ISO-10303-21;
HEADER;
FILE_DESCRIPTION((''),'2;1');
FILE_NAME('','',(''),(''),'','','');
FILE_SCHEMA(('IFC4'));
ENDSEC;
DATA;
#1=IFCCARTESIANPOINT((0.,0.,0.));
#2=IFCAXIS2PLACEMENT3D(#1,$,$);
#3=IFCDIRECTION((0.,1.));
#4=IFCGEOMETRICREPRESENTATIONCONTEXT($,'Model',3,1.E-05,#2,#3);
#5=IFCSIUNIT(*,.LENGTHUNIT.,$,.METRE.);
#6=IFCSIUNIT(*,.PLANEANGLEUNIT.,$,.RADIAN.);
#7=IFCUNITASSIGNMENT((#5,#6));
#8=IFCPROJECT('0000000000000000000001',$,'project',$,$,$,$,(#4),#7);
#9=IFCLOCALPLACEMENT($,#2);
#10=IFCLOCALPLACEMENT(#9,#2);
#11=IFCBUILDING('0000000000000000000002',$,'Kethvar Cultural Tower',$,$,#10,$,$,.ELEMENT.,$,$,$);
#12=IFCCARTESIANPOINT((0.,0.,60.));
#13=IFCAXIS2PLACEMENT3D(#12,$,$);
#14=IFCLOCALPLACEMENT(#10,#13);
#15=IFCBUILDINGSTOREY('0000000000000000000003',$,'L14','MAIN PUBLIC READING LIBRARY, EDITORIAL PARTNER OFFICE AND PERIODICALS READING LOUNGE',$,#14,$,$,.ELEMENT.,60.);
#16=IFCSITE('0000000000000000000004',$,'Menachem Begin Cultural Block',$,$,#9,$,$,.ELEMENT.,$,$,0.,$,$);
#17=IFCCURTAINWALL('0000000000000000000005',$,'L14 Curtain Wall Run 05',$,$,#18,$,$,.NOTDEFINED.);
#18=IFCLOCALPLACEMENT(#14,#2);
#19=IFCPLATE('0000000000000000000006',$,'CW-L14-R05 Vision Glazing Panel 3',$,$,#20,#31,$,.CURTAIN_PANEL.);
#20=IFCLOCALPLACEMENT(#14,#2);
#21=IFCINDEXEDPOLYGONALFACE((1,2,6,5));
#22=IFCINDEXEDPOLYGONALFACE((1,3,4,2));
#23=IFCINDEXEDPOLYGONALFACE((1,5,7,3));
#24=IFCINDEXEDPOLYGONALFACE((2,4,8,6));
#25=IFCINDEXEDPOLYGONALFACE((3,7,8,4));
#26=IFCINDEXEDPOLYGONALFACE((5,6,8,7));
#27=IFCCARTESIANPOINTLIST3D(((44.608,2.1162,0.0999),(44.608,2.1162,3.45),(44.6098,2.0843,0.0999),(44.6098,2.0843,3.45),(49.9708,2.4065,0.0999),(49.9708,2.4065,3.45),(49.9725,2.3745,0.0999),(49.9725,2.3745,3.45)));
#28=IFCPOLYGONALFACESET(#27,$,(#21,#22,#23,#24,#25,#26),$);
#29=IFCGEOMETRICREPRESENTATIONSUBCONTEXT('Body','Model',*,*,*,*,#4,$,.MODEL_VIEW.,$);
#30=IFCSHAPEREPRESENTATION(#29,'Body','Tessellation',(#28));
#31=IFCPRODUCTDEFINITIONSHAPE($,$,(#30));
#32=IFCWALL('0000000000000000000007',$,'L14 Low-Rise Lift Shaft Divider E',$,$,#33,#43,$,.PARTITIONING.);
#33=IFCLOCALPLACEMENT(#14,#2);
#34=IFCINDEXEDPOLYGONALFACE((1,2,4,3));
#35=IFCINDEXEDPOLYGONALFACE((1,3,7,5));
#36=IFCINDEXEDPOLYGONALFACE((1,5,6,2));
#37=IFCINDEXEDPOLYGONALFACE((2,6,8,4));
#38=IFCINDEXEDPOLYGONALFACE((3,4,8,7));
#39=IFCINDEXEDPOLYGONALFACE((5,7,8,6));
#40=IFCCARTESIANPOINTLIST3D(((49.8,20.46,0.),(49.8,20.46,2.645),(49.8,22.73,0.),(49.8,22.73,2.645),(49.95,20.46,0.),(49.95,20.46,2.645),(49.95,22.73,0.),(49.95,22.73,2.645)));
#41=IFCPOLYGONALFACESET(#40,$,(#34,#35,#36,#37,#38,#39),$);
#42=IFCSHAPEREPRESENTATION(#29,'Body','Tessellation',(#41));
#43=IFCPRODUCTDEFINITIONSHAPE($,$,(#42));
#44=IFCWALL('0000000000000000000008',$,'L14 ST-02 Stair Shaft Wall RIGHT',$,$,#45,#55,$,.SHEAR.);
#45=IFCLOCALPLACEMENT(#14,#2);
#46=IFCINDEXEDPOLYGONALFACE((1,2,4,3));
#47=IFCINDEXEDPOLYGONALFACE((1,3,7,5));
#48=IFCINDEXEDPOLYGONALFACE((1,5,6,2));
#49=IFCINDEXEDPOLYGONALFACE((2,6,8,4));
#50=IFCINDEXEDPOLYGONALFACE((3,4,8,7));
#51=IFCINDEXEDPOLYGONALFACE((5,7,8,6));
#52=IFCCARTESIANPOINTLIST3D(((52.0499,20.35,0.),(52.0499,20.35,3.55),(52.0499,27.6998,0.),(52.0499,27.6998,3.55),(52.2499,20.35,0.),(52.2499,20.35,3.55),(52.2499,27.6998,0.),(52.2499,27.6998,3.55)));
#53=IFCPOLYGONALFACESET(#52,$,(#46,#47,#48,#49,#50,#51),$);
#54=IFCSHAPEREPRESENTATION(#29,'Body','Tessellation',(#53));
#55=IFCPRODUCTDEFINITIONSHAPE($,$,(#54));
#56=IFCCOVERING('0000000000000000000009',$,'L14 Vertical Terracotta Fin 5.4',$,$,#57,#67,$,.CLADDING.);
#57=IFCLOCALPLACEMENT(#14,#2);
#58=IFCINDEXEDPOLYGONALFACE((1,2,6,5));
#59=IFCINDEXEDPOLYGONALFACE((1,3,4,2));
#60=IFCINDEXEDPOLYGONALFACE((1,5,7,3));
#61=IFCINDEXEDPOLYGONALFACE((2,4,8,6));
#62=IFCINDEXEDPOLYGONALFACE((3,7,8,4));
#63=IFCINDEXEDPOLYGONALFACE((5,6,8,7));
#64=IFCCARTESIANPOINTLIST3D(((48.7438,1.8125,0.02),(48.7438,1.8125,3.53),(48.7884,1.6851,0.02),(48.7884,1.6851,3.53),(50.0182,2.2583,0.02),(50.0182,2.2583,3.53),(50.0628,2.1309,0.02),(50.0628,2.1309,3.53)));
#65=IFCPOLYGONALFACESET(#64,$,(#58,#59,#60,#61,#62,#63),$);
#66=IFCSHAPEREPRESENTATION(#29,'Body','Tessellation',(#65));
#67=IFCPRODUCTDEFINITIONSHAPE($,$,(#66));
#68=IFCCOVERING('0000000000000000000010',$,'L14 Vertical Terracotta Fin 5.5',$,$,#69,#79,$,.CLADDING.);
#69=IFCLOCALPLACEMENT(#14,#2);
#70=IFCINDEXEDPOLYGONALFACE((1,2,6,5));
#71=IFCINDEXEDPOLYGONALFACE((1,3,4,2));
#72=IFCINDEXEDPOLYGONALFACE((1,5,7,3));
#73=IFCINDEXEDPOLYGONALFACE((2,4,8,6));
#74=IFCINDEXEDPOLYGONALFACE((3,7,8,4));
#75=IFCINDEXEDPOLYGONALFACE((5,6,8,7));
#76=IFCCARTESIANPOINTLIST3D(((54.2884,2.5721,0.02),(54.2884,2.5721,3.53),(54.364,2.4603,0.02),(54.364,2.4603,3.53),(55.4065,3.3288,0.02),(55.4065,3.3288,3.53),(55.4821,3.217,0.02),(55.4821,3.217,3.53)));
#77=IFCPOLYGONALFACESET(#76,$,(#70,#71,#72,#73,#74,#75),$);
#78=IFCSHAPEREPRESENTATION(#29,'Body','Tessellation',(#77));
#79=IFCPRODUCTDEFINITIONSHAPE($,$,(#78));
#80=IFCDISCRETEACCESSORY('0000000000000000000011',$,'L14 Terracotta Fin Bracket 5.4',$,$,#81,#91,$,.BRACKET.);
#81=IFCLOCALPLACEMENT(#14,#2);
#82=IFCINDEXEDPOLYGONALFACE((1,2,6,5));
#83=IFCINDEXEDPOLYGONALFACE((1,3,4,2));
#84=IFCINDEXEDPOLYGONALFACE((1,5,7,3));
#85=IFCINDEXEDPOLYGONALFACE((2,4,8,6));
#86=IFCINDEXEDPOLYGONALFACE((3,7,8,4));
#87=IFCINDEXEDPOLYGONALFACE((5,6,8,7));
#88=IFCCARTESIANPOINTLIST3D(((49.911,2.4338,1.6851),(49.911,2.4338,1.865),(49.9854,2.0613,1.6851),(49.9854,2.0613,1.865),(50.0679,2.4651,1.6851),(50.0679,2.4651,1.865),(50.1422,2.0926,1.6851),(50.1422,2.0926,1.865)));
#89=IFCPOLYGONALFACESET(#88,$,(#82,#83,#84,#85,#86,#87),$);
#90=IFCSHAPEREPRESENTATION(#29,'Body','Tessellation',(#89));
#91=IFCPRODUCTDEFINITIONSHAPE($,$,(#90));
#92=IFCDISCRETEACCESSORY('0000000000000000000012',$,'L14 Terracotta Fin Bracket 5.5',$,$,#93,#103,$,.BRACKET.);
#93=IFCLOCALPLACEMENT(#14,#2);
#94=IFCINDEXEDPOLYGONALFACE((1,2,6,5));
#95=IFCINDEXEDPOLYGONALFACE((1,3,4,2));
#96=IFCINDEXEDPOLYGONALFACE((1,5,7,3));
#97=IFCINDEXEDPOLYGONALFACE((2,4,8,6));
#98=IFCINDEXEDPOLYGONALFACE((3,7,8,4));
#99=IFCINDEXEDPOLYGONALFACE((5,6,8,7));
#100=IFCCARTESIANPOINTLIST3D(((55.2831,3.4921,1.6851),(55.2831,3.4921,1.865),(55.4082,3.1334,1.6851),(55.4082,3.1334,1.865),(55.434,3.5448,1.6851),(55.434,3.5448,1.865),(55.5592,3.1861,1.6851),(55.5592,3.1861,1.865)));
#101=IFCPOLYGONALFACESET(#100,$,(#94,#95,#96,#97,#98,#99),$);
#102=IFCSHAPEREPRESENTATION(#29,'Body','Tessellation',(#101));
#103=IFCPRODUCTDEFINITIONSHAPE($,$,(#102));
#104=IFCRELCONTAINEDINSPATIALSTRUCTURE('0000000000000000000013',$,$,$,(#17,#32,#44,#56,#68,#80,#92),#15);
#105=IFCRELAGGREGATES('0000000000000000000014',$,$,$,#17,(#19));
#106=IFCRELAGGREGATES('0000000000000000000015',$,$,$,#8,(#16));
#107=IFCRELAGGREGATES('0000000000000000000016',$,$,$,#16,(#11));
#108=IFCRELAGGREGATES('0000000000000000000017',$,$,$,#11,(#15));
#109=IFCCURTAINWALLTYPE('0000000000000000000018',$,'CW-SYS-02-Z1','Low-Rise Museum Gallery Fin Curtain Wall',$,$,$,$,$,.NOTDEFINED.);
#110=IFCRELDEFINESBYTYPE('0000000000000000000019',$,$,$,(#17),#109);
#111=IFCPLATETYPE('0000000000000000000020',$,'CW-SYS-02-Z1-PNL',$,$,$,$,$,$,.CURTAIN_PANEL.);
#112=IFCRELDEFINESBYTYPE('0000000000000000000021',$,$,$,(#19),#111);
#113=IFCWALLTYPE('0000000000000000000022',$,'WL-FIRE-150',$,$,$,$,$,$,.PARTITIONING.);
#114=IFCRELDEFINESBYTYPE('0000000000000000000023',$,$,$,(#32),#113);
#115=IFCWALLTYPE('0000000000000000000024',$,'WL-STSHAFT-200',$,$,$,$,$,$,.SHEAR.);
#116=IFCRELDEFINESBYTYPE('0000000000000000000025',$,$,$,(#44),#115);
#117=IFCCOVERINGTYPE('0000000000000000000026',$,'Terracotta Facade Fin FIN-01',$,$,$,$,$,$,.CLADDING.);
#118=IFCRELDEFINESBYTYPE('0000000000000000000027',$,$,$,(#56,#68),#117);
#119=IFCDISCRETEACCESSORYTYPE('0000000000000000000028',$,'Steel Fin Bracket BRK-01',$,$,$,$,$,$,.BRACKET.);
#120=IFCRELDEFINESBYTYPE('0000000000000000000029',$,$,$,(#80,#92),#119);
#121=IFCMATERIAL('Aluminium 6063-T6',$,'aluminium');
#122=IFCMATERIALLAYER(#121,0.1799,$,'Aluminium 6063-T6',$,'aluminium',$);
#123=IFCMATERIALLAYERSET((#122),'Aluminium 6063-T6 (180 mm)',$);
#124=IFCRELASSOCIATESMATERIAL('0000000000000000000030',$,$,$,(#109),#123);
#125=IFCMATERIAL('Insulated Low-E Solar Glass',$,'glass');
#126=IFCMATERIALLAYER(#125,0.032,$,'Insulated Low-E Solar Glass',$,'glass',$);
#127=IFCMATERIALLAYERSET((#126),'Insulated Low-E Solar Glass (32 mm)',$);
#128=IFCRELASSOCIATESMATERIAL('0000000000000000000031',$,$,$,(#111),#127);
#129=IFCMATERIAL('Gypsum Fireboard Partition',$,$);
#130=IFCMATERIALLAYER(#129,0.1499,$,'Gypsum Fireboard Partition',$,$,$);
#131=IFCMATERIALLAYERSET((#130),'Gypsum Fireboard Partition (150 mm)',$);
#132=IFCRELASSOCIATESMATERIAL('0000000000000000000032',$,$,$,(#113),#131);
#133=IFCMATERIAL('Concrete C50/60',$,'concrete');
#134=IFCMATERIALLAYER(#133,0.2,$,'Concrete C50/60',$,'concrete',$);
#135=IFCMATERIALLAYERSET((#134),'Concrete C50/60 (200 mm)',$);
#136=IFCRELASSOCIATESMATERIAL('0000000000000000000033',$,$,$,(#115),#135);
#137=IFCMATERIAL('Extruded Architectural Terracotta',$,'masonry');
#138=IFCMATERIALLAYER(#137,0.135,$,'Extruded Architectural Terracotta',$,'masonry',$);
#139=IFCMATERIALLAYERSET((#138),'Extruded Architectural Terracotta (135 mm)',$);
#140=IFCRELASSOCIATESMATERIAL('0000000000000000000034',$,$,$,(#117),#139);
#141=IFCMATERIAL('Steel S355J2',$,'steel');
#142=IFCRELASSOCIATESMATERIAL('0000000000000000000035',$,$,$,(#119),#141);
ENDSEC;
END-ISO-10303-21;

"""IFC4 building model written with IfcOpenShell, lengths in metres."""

from ifc_helpers import new_model, si_unit, direction, frame, frame_2d, origin, origin_2d, place, context, subcontext, project, spatial, rectangle, extrude, source, transform, mapped, material, layer, layer_set, type_object, element, aggregate, save


model = new_model("IFC4")

# Units and contexts
model_context = context("Model", 3, precision=1e-05, world=origin(), true_north=direction((0.0, 1.0)))
body_context = subcontext(model_context, "Body", "Model", "MODEL_VIEW")
ifc_project = project(units=[si_unit("LENGTHUNIT", "METRE"), si_unit("PLANEANGLEUNIT", "RADIAN")], contexts=[model_context])

# Site, building, storey
site_placement = place(None, origin())
site = spatial("IfcSite", under=ifc_project, at=site_placement, Name="Menachem Begin Cultural Block", CompositionType="ELEMENT", RefElevation=0.0)
building_placement = place(site_placement, origin())
building = spatial("IfcBuilding", under=site, at=building_placement, Name="Kethvar Cultural Tower", CompositionType="ELEMENT")
storey_placement = place(building_placement, frame((0.0, 0.0, 60.0)))
storey = spatial("IfcBuildingStorey", under=building, at=storey_placement, Name="L14", Description="MAIN PUBLIC READING LIBRARY, EDITORIAL PARTNER OFFICE AND PERIODICALS READING LOUNGE", CompositionType="ELEMENT", Elevation=60.0)

# Shared definitions
ifc_material_1 = material(Name="Steel S355J2", Category="steel")

# Curtain wall, plate
ifc_material_2 = material(Name="Aluminium 6063-T6", Category="aluminium")
ifc_layer_1 = layer(ifc_material_2, 0.1799, Name="Aluminium 6063-T6", Category="aluminium")
ifc_layer_set_1 = layer_set([ifc_layer_1], Name="Aluminium 6063-T6 (180 mm)")
curtain_wall_type = type_object("IfcCurtainWallType", Name="CW-SYS-02-Z1", Description="Low-Rise Museum Gallery Fin Curtain Wall", PredefinedType="NOTDEFINED", material=ifc_layer_set_1)
curtain_wall_placement = place(storey_placement, origin())
curtain_wall = element("IfcCurtainWall", 1, at=curtain_wall_placement, inside=storey, type_object=curtain_wall_type, Name="L14 Curtain Wall Run 05", PredefinedType="NOTDEFINED")
ifc_material_3 = material(Name="Insulated Low-E Solar Glass", Category="glass")
ifc_layer_2 = layer(ifc_material_3, 0.032, Name="Insulated Low-E Solar Glass", Category="glass")
ifc_layer_set_2 = layer_set([ifc_layer_2], Name="Insulated Low-E Solar Glass (32 mm)")
plate_type = type_object("IfcPlateType", Name="CW-SYS-02-Z1-PNL", PredefinedType="CURTAIN_PANEL", material=ifc_layer_set_2)
shared_shape_1 = source(origin(), body_context, "Body", "SweptSolid", [
    extrude(rectangle(XDim=5.3706, YDim=0.032, at=origin_2d()), origin(), (0.0, 0.0, 1.0), 3.3501),
])
plate_1_placement = place(storey_placement, frame((47.2903, 2.2454, 0.0999), z_axis=(0.0, 0.0, 1.0), x_axis=(0.998539, 0.054044, 0.0)))
plate_1 = element("IfcPlate", 2, at=plate_1_placement, type_object=plate_type, Name="CW-L14-R05 Vision Glazing Panel 3", PredefinedType="CURTAIN_PANEL", context=body_context, shape_type="MappedRepresentation", body=[
    mapped(shared_shape_1, transform((0.0, 0.0, 0.0), scale=1.0)),
])
aggregate(curtain_wall, [plate_1])

# Walls
ifc_material_4 = material(Name="Gypsum Fireboard Partition")
ifc_layer_3 = layer(ifc_material_4, 0.1499, Name="Gypsum Fireboard Partition")
ifc_layer_set_3 = layer_set([ifc_layer_3], Name="Gypsum Fireboard Partition (150 mm)")
wall_type_1 = type_object("IfcWallType", Name="WL-FIRE-150", PredefinedType="PARTITIONING", material=ifc_layer_set_3)
wall_1_placement = place(storey_placement, frame((49.875, 20.46, 0.0), z_axis=(0.0, 0.0, 1.0), x_axis=(0.0, 1.0, 0.0)))
element("IfcWall", 3, at=wall_1_placement, inside=storey, type_object=wall_type_1, Name="L14 Low-Rise Lift Shaft Divider E", PredefinedType="PARTITIONING", context=body_context, shape_type="SweptSolid", body=[
    extrude(rectangle(XDim=2.27, YDim=0.1499, at=frame_2d((1.135, 0.0))), origin(), (0.0, 0.0, 1.0), 2.645),
])
ifc_material_5 = material(Name="Concrete C50/60", Category="concrete")
ifc_layer_4 = layer(ifc_material_5, 0.2, Name="Concrete C50/60", Category="concrete")
ifc_layer_set_4 = layer_set([ifc_layer_4], Name="Concrete C50/60 (200 mm)")
wall_type_2 = type_object("IfcWallType", Name="WL-STSHAFT-200", PredefinedType="SHEAR", material=ifc_layer_set_4)
wall_2_placement = place(storey_placement, frame((52.1499, 20.3501, 0.0), z_axis=(0.0, 0.0, 1.0), x_axis=(0.0, 1.0, 0.0)))
element("IfcWall", 4, at=wall_2_placement, inside=storey, type_object=wall_type_2, Name="L14 ST-02 Stair Shaft Wall RIGHT", PredefinedType="SHEAR", context=body_context, shape_type="SweptSolid", body=[
    extrude(rectangle(XDim=7.3499, YDim=0.2, at=frame_2d((3.6748, 0.0))), origin(), (0.0, 0.0, 1.0), 3.55),
])

# Coverings
ifc_material_6 = material(Name="Extruded Architectural Terracotta", Category="masonry")
ifc_layer_5 = layer(ifc_material_6, 0.135, Name="Extruded Architectural Terracotta", Category="masonry")
ifc_layer_set_5 = layer_set([ifc_layer_5], Name="Extruded Architectural Terracotta (135 mm)")
covering_type = type_object("IfcCoveringType", Name="Terracotta Facade Fin FIN-01", PredefinedType="CLADDING", material=ifc_layer_set_5)
shared_shape_2 = source(origin(), body_context, "Body", "SweptSolid", [
    extrude(rectangle(XDim=1.3501, YDim=0.135, at=origin_2d()), origin(), (0.0, 0.0, 1.0), 3.51),
])
for number, where, z_axis, x_axis, name in (
    (5, (49.4033, 1.9717, 0.02), (0.0, 0.0, 1.0), (-0.943916, -0.330185, 0.0), "L14 Vertical Terracotta Fin 5.4"),
    (6, (54.8853, 2.8945, 0.02), (0.0, 0.0, 1.0), (-0.828158, -0.560494, 0.0), "L14 Vertical Terracotta Fin 5.5"),
):
    element("IfcCovering", number, at=place(storey_placement, frame(where, z_axis=z_axis, x_axis=x_axis)), inside=storey, type_object=covering_type, Name=name, PredefinedType="CLADDING", context=body_context, shape_type="MappedRepresentation", body=[
        mapped(shared_shape_2, transform((0.0, 0.0, 0.0), scale=1.0)),
    ])

# Discrete accessories
discrete_accessory_type = type_object("IfcDiscreteAccessoryType", Name="Steel Fin Bracket BRK-01", PredefinedType="BRACKET", material=ifc_material_1)
shared_shape_3 = source(origin(), body_context, "Body", "SweptSolid", [
    extrude(rectangle(XDim=0.3799, YDim=0.1599, at=origin_2d()), origin(), (0.0, 0.0, 1.0), 0.1799),
])
for number, where, z_axis, x_axis, name in (
    (7, (50.0266, 2.2632, 1.6851), (0.0, 0.0, 1.0), (0.195604, -0.980683, 0.0), "L14 Terracotta Fin Bracket 5.4"),
    (8, (55.4211, 3.3391, 1.6851), (0.0, 0.0, 1.0), (0.329526, -0.944147, 0.0), "L14 Terracotta Fin Bracket 5.5"),
):
    element("IfcDiscreteAccessory", number, at=place(storey_placement, frame(where, z_axis=z_axis, x_axis=x_axis)), inside=storey, type_object=discrete_accessory_type, Name=name, PredefinedType="BRACKET", context=body_context, shape_type="MappedRepresentation", body=[
        mapped(shared_shape_3, transform((0.0, 0.0, 0.0), scale=1.0)),
    ])

save(model, "model.ifc")
